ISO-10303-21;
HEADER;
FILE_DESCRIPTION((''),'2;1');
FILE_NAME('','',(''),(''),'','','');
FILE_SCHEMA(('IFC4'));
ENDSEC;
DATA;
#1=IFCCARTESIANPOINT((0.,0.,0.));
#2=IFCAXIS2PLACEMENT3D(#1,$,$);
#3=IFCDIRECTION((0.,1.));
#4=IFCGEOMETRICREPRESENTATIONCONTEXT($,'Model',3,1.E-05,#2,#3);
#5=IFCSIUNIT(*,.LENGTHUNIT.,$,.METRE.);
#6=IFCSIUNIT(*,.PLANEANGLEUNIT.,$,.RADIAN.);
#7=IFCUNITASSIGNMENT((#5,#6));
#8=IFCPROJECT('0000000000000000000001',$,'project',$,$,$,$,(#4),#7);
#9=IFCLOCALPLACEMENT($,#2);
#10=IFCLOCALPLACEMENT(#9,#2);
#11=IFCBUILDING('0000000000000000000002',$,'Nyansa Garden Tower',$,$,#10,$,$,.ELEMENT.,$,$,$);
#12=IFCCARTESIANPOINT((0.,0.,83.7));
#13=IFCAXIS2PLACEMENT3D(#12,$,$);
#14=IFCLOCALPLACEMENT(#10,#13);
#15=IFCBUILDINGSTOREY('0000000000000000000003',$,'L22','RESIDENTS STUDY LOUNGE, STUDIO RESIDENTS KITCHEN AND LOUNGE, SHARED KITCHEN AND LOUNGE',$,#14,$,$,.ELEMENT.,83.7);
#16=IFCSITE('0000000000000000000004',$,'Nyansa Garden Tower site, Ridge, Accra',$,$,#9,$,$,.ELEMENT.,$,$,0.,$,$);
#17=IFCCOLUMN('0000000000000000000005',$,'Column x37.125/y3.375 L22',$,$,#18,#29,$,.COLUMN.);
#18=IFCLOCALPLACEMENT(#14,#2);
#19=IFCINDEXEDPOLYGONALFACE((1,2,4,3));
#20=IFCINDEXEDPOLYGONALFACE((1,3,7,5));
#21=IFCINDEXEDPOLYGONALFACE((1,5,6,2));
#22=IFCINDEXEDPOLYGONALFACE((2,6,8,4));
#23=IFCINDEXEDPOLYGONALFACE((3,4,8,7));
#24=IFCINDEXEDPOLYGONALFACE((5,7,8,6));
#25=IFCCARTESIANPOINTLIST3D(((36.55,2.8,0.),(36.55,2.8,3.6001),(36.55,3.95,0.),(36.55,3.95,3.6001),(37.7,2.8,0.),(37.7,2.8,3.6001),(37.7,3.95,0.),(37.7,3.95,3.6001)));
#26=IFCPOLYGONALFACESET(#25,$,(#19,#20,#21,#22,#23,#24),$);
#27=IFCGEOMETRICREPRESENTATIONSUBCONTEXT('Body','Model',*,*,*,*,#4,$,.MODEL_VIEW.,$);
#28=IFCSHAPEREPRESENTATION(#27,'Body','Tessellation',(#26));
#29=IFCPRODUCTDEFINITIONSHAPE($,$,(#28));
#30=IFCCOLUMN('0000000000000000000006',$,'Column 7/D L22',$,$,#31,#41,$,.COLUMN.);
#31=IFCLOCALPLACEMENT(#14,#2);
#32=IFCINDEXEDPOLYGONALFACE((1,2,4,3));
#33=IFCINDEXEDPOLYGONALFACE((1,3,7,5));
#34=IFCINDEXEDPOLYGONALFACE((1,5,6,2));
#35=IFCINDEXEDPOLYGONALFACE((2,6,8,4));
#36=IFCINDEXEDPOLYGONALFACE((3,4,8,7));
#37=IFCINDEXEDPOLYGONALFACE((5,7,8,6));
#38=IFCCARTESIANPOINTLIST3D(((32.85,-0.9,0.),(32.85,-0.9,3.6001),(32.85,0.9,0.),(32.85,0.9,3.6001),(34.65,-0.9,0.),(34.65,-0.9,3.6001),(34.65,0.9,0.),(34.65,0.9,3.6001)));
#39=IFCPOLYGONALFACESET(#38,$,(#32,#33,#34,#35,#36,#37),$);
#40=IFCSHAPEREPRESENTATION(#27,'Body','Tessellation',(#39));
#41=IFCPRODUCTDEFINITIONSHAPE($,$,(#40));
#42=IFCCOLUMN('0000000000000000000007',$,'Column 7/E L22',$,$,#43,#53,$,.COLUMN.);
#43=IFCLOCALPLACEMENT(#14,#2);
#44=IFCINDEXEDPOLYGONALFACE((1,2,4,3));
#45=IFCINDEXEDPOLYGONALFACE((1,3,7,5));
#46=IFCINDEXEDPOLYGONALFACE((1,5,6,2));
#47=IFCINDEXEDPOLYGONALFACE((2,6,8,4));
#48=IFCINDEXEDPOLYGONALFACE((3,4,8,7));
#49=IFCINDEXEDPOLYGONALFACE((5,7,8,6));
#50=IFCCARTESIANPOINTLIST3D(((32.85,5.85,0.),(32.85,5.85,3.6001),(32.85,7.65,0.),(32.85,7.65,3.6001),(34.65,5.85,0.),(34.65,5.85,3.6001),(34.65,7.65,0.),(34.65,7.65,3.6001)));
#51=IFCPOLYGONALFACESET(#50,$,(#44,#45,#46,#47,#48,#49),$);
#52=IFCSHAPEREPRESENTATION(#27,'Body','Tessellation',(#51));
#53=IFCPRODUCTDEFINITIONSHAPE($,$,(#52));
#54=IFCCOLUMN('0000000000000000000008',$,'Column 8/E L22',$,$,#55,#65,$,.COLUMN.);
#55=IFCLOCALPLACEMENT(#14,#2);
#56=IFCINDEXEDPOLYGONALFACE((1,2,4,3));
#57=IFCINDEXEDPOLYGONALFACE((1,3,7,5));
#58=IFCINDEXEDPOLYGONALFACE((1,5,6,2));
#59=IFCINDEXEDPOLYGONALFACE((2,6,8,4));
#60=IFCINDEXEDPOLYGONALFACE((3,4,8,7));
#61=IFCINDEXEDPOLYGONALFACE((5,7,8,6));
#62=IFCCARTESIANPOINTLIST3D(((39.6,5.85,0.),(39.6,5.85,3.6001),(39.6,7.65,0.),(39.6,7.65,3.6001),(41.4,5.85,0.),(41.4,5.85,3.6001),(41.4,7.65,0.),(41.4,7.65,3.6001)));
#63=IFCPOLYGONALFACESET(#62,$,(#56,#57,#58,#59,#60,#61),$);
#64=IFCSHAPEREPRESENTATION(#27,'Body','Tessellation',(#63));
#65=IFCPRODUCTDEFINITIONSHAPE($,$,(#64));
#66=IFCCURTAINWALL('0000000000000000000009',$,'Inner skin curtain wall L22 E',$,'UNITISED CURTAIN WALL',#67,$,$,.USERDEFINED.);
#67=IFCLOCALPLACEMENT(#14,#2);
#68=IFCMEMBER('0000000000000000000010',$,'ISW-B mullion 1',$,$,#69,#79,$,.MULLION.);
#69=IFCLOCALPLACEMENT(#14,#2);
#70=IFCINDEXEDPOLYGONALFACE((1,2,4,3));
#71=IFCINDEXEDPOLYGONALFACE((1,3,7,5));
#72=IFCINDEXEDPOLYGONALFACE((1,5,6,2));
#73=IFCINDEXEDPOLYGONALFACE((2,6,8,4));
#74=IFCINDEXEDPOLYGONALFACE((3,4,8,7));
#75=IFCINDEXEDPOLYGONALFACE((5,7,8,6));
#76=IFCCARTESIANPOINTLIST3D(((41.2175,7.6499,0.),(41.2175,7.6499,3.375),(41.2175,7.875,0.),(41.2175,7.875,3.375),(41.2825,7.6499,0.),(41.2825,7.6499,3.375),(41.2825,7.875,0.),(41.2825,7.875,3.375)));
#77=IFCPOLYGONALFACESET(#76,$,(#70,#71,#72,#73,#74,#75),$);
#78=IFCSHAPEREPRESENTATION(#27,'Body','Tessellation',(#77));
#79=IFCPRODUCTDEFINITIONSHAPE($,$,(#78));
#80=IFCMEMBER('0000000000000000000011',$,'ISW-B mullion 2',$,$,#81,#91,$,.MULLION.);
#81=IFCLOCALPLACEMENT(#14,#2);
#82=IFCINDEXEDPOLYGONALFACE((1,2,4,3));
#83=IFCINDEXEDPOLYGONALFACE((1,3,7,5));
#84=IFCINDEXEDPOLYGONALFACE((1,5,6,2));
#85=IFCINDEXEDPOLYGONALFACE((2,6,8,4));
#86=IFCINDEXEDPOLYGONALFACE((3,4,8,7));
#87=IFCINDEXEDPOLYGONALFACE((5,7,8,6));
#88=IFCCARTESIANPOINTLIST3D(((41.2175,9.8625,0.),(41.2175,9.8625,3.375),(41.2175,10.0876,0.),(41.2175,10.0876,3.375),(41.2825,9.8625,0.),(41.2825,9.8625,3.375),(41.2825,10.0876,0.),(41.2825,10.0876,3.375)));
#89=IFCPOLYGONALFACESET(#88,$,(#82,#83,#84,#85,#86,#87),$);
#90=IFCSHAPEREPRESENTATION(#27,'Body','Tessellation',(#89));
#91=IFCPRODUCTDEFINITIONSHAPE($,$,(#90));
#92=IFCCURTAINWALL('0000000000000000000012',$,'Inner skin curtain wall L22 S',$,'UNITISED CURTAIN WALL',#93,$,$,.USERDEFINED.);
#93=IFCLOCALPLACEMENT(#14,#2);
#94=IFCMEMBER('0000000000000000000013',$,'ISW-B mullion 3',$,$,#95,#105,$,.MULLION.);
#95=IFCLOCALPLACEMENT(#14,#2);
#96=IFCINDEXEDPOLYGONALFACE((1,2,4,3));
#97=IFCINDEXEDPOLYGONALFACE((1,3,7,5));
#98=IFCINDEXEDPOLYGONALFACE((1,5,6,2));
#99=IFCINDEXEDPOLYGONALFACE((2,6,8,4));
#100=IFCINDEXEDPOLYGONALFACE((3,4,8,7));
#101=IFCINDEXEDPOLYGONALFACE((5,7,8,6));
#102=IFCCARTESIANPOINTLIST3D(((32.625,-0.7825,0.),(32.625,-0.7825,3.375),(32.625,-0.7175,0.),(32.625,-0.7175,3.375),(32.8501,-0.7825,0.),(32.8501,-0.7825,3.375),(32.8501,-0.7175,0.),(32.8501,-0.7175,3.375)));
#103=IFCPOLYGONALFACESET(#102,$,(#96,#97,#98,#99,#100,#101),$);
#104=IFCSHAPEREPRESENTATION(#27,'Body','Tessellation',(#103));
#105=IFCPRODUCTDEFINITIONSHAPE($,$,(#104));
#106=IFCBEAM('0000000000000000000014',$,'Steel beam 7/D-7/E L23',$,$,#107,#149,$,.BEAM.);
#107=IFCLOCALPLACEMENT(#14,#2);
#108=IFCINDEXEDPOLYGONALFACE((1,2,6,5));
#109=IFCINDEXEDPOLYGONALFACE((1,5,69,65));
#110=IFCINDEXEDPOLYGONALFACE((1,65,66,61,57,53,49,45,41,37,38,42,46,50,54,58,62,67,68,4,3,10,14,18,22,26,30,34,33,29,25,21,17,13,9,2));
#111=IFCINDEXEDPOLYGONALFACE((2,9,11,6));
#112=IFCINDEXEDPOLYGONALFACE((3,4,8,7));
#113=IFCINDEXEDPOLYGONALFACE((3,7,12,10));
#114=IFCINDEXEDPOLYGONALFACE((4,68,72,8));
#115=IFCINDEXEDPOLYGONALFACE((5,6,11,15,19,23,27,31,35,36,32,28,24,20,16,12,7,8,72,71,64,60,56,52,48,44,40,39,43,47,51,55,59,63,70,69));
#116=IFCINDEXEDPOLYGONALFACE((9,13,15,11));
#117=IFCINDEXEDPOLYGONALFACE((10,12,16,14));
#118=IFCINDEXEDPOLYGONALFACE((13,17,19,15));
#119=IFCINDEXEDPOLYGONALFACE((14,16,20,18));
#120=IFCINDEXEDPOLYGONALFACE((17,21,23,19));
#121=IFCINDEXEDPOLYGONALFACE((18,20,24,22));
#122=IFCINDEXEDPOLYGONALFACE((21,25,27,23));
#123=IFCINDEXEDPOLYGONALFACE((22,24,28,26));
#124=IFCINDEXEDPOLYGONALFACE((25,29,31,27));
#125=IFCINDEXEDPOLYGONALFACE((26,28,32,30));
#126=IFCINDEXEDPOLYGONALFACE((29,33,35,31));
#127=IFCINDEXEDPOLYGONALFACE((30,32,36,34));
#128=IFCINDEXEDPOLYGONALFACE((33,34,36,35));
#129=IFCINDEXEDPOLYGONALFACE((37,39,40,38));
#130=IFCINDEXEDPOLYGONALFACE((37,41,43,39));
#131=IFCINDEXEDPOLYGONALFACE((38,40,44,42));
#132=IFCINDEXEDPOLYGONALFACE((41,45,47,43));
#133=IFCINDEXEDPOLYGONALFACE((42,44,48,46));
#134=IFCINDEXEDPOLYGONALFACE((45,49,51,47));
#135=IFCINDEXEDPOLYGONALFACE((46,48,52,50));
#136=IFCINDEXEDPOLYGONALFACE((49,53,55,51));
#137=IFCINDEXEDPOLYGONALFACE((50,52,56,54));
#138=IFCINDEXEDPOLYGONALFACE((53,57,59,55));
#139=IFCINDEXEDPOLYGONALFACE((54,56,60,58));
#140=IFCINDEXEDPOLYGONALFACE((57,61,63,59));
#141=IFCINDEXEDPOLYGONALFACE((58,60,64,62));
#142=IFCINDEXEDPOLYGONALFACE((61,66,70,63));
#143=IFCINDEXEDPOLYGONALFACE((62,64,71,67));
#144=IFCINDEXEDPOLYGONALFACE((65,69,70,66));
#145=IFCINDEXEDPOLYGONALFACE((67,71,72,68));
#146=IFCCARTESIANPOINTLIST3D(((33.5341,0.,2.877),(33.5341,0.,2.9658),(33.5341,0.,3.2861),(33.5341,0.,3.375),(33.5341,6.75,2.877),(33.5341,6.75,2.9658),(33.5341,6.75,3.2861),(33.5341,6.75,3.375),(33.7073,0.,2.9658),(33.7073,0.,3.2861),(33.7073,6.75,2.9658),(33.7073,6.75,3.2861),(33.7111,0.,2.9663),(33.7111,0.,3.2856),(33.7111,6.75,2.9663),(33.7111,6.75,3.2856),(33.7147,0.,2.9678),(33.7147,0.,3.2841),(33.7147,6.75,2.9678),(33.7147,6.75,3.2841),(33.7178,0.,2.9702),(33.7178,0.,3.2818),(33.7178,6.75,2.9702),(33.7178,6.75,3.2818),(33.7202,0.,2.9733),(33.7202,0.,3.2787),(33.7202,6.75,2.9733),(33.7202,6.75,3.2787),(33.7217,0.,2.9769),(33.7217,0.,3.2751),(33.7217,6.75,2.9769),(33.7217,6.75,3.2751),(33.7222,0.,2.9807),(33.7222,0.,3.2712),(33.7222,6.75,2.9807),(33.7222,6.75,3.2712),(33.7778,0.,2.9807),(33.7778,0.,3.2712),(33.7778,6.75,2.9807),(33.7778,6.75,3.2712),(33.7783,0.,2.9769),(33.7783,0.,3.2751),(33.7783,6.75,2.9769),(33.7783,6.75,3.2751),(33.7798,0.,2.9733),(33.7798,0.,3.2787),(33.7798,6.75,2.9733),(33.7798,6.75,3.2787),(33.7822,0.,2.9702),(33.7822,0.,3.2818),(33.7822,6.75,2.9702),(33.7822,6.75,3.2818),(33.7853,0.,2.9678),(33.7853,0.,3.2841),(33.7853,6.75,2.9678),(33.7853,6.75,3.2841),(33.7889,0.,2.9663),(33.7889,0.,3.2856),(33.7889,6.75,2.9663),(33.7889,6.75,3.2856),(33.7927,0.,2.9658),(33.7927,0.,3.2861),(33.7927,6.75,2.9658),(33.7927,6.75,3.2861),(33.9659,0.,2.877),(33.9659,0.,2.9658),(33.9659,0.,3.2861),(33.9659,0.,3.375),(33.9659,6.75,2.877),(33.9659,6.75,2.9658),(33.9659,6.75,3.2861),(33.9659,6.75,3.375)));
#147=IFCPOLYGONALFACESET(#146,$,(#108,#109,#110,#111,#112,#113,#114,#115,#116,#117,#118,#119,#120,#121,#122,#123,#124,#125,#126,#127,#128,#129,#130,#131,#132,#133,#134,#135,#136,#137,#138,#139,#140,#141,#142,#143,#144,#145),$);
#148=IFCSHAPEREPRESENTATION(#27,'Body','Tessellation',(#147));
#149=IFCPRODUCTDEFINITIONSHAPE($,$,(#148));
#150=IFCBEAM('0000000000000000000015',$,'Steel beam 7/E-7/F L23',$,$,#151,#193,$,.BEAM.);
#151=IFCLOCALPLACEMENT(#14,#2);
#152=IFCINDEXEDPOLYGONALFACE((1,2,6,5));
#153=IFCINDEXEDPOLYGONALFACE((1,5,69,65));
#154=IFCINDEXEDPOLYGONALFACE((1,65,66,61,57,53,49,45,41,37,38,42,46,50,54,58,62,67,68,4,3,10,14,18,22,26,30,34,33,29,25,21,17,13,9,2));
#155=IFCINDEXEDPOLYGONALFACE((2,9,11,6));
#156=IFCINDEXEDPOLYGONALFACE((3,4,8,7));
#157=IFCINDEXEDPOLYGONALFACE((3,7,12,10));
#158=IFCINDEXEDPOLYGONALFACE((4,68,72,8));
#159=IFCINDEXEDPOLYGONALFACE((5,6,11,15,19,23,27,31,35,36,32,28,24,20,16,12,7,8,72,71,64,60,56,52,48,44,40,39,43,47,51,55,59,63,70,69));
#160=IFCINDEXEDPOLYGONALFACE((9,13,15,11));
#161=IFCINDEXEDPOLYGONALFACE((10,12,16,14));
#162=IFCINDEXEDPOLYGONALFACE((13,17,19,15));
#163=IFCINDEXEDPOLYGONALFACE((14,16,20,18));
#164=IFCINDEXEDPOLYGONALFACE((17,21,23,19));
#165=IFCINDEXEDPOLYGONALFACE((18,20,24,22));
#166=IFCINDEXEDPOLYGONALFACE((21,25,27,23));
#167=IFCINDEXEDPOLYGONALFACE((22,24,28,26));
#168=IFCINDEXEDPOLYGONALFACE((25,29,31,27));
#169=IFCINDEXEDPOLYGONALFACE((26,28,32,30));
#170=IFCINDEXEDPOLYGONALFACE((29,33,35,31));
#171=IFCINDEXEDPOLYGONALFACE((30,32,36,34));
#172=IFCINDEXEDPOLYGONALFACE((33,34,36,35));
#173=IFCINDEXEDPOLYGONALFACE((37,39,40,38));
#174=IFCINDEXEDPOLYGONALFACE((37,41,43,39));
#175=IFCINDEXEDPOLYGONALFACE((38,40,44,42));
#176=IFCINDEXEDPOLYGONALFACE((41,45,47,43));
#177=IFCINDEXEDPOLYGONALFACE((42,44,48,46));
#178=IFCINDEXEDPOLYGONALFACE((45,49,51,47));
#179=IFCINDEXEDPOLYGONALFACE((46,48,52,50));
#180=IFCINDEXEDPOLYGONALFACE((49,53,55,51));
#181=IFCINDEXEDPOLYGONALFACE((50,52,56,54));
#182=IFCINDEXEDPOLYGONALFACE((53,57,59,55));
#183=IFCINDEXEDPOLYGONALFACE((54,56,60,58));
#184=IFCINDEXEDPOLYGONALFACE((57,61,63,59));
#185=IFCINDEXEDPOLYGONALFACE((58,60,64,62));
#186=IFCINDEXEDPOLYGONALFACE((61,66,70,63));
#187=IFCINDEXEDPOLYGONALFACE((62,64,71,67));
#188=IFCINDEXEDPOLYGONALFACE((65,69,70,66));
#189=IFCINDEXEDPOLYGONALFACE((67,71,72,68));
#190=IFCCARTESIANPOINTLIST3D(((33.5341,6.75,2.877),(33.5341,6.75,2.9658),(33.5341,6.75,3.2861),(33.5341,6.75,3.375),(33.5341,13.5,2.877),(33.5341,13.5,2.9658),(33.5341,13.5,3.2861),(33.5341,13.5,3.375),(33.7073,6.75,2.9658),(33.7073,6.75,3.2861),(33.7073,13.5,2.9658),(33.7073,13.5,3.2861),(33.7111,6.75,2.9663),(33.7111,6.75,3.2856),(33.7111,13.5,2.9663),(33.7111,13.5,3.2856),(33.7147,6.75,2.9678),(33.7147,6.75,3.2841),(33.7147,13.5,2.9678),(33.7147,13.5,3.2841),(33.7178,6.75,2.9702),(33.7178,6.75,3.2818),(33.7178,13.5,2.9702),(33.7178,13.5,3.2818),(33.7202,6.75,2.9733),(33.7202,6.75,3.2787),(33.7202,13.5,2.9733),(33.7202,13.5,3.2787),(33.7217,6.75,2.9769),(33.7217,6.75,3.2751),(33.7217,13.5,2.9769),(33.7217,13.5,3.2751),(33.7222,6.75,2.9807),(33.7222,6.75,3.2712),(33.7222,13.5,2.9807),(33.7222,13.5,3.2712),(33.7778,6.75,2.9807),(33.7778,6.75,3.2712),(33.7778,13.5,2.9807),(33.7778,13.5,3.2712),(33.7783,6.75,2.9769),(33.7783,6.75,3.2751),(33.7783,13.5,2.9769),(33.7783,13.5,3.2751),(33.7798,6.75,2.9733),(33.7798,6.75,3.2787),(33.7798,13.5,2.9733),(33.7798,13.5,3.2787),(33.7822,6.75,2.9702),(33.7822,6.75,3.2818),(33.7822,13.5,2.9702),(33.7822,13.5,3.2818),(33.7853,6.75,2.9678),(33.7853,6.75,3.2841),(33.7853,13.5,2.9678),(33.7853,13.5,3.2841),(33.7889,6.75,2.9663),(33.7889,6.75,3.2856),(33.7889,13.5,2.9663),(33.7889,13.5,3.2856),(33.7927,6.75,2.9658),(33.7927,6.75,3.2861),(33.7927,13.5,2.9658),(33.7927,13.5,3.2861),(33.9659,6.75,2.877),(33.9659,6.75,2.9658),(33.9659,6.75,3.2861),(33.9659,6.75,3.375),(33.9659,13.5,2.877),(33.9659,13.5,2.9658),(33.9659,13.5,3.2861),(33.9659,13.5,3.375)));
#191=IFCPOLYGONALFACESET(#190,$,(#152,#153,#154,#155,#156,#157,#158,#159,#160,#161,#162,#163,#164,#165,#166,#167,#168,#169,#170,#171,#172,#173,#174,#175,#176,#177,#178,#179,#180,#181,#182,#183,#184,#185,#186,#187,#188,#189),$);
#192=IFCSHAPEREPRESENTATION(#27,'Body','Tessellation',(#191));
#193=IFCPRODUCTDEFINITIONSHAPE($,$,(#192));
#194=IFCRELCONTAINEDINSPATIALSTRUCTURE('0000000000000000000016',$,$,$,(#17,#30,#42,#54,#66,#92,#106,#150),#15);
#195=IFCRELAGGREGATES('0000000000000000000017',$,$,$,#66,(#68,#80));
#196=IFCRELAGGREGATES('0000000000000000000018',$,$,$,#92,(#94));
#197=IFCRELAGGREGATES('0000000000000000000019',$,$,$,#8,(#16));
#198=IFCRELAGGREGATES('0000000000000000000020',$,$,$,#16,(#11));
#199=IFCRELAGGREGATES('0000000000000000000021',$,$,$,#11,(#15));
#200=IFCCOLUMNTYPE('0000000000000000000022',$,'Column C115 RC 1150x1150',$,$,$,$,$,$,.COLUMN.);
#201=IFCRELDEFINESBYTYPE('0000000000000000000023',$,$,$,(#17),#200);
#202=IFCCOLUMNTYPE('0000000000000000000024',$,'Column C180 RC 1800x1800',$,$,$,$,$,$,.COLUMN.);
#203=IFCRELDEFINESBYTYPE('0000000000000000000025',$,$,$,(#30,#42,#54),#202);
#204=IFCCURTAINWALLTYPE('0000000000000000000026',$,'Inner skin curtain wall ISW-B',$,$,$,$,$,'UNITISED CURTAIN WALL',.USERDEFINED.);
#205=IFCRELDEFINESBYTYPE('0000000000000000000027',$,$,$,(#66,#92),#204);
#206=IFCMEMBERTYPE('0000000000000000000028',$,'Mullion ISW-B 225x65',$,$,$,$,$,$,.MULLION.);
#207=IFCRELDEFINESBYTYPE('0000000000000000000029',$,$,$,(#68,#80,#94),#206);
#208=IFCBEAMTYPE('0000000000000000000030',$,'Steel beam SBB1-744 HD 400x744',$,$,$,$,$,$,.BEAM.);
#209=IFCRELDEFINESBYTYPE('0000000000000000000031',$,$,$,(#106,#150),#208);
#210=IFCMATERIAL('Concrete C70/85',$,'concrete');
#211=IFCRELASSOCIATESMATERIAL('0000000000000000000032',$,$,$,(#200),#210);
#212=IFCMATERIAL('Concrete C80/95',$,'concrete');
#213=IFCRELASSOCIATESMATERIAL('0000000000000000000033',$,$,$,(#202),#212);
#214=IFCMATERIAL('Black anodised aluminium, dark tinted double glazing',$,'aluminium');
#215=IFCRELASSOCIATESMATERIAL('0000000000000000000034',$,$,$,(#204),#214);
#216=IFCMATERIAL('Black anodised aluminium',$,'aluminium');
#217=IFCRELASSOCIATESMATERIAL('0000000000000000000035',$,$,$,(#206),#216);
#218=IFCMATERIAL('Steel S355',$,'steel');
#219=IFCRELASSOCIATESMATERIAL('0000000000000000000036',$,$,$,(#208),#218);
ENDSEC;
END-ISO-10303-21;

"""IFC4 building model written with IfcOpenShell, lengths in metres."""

from ifc_helpers import new_model, si_unit, direction, frame, origin, origin_2d, place, context, subcontext, project, spatial, rectangle, i_section, extrude, material, material_profile, profile_set, type_object, element, aggregate, save


model = new_model("IFC4")

# Units and contexts
model_context = context("Model", 3, precision=1e-05, world=origin(), true_north=direction((0.0, 1.0)))
body_context = subcontext(model_context, "Body", "Model", "MODEL_VIEW")
ifc_project = project(units=[si_unit("LENGTHUNIT", "METRE"), si_unit("PLANEANGLEUNIT", "RADIAN")], contexts=[model_context])

# Site, building, storey
site_placement = place(None, origin())
site = spatial("IfcSite", under=ifc_project, at=site_placement, Name="Nyansa Garden Tower site, Ridge, Accra", CompositionType="ELEMENT", RefElevation=0.0)
building_placement = place(site_placement, origin())
building = spatial("IfcBuilding", under=site, at=building_placement, Name="Nyansa Garden Tower", CompositionType="ELEMENT")
storey_placement = place(building_placement, frame((0.0, 0.0, 83.7)))
storey = spatial("IfcBuildingStorey", under=building, at=storey_placement, Name="L22", Description="RESIDENTS STUDY LOUNGE, STUDIO RESIDENTS KITCHEN AND LOUNGE, SHARED KITCHEN AND LOUNGE", CompositionType="ELEMENT", Elevation=83.7)

# Columns
ifc_material_1 = material(Name="Concrete C70/85", Category="concrete")
ifc_material_profile_1 = material_profile(ifc_material_1, rectangle(XDim=1.1499, YDim=1.1499, at=origin_2d()), Name="RC 1150x1150")
ifc_profile_set_1 = profile_set([ifc_material_profile_1], Name="Concrete C70/85")
column_type_1 = type_object("IfcColumnType", Name="Column C115 RC 1150x1150", PredefinedType="COLUMN", material=ifc_profile_set_1)
column_placement = place(storey_placement, frame((37.125, 3.375, 0.0), z_axis=(0.0, 0.0, 1.0), x_axis=(1.0, 0.0, 0.0)))
element("IfcColumn", 1, at=column_placement, inside=storey, type_object=column_type_1, Name="Column x37.125/y3.375 L22", PredefinedType="COLUMN", context=body_context, shape_type="SweptSolid", body=[
    extrude(rectangle(XDim=1.1499, YDim=1.1499, at=origin_2d()), origin(), (0.0, 0.0, 1.0), 3.6001),
])
ifc_material_2 = material(Name="Concrete C80/95", Category="concrete")
ifc_material_profile_2 = material_profile(ifc_material_2, rectangle(XDim=1.8, YDim=1.8, at=origin_2d()), Name="RC 1800x1800")
ifc_profile_set_2 = profile_set([ifc_material_profile_2], Name="Concrete C80/95")
column_type_2 = type_object("IfcColumnType", Name="Column C180 RC 1800x1800", PredefinedType="COLUMN", material=ifc_profile_set_2)
for number, where, z_axis, x_axis, name in (
    (2, (33.75, 0.0, 0.0), (0.0, 0.0, 1.0), (1.0, 0.0, 0.0), "Column 7/D L22"),
    (3, (33.75, 6.75, 0.0), (0.0, 0.0, 1.0), (1.0, 0.0, 0.0), "Column 7/E L22"),
    (4, (40.5, 6.75, 0.0), (0.0, 0.0, 1.0), (1.0, 0.0, 0.0), "Column 8/E L22"),
):
    element("IfcColumn", number, at=place(storey_placement, frame(where, z_axis=z_axis, x_axis=x_axis)), inside=storey, type_object=column_type_2, Name=name, PredefinedType="COLUMN", context=body_context, shape_type="SweptSolid", body=[
        extrude(rectangle(XDim=1.8, YDim=1.8, at=origin_2d()), origin(), (0.0, 0.0, 1.0), 3.6001),
    ])

# Curtain wall, members
ifc_material_3 = material(Name="Black anodised aluminium, dark tinted double glazing", Category="aluminium")
curtain_wall_type = type_object("IfcCurtainWallType", Name="Inner skin curtain wall ISW-B", ElementType="UNITISED CURTAIN WALL", PredefinedType="USERDEFINED", material=ifc_material_3)
curtain_wall_1_placement = place(storey_placement, origin())
curtain_wall_1 = element("IfcCurtainWall", 5, at=curtain_wall_1_placement, inside=storey, type_object=curtain_wall_type, Name="Inner skin curtain wall L22 E", ObjectType="UNITISED CURTAIN WALL", PredefinedType="USERDEFINED")
ifc_material_4 = material(Name="Black anodised aluminium", Category="aluminium")
ifc_material_profile_3 = material_profile(ifc_material_4, rectangle(XDim=0.0649, YDim=0.2251, at=origin_2d()), Name="Mullion 225x65")
ifc_profile_set_3 = profile_set([ifc_material_profile_3], Name="Black anodised aluminium")
member_type_1 = type_object("IfcMemberType", Name="Mullion ISW-B 225x65", PredefinedType="MULLION", material=ifc_profile_set_3)
member_1_placement = place(storey_placement, frame((41.25, 7.7625, 0.0), z_axis=(0.0, 0.0, 1.0), x_axis=(-1.0, 0.0, 0.0)))
member_1 = element("IfcMember", 6, at=member_1_placement, type_object=member_type_1, Name="ISW-B mullion 1", PredefinedType="MULLION", context=body_context, shape_type="SweptSolid", body=[
    extrude(rectangle(XDim=0.0649, YDim=0.2251, at=origin_2d()), origin(), (0.0, 0.0, 1.0), 3.375),
])
member_2_placement = place(storey_placement, frame((41.25, 9.9751, 0.0), z_axis=(0.0, 0.0, 1.0), x_axis=(-1.0, 0.0, 0.0)))
member_2 = element("IfcMember", 7, at=member_2_placement, type_object=member_type_1, Name="ISW-B mullion 2", PredefinedType="MULLION", context=body_context, shape_type="SweptSolid", body=[
    extrude(rectangle(XDim=0.0649, YDim=0.2251, at=origin_2d()), origin(), (0.0, 0.0, 1.0), 3.375),
])

# Curtain wall, member
curtain_wall_2_placement = place(storey_placement, origin())
curtain_wall_2 = element("IfcCurtainWall", 8, at=curtain_wall_2_placement, inside=storey, type_object=curtain_wall_type, Name="Inner skin curtain wall L22 S", ObjectType="UNITISED CURTAIN WALL", PredefinedType="USERDEFINED")
member_3_placement = place(storey_placement, frame((32.7375, -0.75, 0.0), z_axis=(0.0, 0.0, 1.0), x_axis=(0.0, 1.0, 0.0)))
member_3 = element("IfcMember", 9, at=member_3_placement, type_object=member_type_1, Name="ISW-B mullion 3", PredefinedType="MULLION", context=body_context, shape_type="SweptSolid", body=[
    extrude(rectangle(XDim=0.0649, YDim=0.2251, at=origin_2d()), origin(), (0.0, 0.0, 1.0), 3.375),
])

# Beams
ifc_material_5 = material(Name="Steel S355", Category="steel")
ifc_material_profile_4 = material_profile(ifc_material_5, i_section(OverallWidth=0.4319, OverallDepth=0.498, WebThickness=0.0557, FlangeThickness=0.0889, FilletRadius=0.0149, at=origin_2d()), Name="HD 400x744")
ifc_profile_set_4 = profile_set([ifc_material_profile_4], Name="Steel S355")
beam_type_1 = type_object("IfcBeamType", Name="Steel beam SBB1-744 HD 400x744", PredefinedType="BEAM", material=ifc_profile_set_4)
for number, where, z_axis, x_axis, name in (
    (10, (33.75, 0.0, 3.126), (0.0, 1.0, 0.0), (-1.0, 0.0, 0.0), "Steel beam 7/D-7/E L23"),
    (11, (33.75, 6.75, 3.126), (0.0, 1.0, 0.0), (-1.0, 0.0, 0.0), "Steel beam 7/E-7/F L23"),
):
    element("IfcBeam", number, at=place(storey_placement, frame(where, z_axis=z_axis, x_axis=x_axis)), inside=storey, type_object=beam_type_1, Name=name, PredefinedType="BEAM", context=body_context, shape_type="SweptSolid", body=[
        extrude(i_section(OverallWidth=0.4319, OverallDepth=0.498, WebThickness=0.0557, FlangeThickness=0.0889, FilletRadius=0.0149, at=origin_2d()), origin(), (0.0, 0.0, 1.0), 6.75),
    ])

aggregate(curtain_wall_1, [member_1, member_2])
aggregate(curtain_wall_2, [member_3])

save(model, "model.ifc")
